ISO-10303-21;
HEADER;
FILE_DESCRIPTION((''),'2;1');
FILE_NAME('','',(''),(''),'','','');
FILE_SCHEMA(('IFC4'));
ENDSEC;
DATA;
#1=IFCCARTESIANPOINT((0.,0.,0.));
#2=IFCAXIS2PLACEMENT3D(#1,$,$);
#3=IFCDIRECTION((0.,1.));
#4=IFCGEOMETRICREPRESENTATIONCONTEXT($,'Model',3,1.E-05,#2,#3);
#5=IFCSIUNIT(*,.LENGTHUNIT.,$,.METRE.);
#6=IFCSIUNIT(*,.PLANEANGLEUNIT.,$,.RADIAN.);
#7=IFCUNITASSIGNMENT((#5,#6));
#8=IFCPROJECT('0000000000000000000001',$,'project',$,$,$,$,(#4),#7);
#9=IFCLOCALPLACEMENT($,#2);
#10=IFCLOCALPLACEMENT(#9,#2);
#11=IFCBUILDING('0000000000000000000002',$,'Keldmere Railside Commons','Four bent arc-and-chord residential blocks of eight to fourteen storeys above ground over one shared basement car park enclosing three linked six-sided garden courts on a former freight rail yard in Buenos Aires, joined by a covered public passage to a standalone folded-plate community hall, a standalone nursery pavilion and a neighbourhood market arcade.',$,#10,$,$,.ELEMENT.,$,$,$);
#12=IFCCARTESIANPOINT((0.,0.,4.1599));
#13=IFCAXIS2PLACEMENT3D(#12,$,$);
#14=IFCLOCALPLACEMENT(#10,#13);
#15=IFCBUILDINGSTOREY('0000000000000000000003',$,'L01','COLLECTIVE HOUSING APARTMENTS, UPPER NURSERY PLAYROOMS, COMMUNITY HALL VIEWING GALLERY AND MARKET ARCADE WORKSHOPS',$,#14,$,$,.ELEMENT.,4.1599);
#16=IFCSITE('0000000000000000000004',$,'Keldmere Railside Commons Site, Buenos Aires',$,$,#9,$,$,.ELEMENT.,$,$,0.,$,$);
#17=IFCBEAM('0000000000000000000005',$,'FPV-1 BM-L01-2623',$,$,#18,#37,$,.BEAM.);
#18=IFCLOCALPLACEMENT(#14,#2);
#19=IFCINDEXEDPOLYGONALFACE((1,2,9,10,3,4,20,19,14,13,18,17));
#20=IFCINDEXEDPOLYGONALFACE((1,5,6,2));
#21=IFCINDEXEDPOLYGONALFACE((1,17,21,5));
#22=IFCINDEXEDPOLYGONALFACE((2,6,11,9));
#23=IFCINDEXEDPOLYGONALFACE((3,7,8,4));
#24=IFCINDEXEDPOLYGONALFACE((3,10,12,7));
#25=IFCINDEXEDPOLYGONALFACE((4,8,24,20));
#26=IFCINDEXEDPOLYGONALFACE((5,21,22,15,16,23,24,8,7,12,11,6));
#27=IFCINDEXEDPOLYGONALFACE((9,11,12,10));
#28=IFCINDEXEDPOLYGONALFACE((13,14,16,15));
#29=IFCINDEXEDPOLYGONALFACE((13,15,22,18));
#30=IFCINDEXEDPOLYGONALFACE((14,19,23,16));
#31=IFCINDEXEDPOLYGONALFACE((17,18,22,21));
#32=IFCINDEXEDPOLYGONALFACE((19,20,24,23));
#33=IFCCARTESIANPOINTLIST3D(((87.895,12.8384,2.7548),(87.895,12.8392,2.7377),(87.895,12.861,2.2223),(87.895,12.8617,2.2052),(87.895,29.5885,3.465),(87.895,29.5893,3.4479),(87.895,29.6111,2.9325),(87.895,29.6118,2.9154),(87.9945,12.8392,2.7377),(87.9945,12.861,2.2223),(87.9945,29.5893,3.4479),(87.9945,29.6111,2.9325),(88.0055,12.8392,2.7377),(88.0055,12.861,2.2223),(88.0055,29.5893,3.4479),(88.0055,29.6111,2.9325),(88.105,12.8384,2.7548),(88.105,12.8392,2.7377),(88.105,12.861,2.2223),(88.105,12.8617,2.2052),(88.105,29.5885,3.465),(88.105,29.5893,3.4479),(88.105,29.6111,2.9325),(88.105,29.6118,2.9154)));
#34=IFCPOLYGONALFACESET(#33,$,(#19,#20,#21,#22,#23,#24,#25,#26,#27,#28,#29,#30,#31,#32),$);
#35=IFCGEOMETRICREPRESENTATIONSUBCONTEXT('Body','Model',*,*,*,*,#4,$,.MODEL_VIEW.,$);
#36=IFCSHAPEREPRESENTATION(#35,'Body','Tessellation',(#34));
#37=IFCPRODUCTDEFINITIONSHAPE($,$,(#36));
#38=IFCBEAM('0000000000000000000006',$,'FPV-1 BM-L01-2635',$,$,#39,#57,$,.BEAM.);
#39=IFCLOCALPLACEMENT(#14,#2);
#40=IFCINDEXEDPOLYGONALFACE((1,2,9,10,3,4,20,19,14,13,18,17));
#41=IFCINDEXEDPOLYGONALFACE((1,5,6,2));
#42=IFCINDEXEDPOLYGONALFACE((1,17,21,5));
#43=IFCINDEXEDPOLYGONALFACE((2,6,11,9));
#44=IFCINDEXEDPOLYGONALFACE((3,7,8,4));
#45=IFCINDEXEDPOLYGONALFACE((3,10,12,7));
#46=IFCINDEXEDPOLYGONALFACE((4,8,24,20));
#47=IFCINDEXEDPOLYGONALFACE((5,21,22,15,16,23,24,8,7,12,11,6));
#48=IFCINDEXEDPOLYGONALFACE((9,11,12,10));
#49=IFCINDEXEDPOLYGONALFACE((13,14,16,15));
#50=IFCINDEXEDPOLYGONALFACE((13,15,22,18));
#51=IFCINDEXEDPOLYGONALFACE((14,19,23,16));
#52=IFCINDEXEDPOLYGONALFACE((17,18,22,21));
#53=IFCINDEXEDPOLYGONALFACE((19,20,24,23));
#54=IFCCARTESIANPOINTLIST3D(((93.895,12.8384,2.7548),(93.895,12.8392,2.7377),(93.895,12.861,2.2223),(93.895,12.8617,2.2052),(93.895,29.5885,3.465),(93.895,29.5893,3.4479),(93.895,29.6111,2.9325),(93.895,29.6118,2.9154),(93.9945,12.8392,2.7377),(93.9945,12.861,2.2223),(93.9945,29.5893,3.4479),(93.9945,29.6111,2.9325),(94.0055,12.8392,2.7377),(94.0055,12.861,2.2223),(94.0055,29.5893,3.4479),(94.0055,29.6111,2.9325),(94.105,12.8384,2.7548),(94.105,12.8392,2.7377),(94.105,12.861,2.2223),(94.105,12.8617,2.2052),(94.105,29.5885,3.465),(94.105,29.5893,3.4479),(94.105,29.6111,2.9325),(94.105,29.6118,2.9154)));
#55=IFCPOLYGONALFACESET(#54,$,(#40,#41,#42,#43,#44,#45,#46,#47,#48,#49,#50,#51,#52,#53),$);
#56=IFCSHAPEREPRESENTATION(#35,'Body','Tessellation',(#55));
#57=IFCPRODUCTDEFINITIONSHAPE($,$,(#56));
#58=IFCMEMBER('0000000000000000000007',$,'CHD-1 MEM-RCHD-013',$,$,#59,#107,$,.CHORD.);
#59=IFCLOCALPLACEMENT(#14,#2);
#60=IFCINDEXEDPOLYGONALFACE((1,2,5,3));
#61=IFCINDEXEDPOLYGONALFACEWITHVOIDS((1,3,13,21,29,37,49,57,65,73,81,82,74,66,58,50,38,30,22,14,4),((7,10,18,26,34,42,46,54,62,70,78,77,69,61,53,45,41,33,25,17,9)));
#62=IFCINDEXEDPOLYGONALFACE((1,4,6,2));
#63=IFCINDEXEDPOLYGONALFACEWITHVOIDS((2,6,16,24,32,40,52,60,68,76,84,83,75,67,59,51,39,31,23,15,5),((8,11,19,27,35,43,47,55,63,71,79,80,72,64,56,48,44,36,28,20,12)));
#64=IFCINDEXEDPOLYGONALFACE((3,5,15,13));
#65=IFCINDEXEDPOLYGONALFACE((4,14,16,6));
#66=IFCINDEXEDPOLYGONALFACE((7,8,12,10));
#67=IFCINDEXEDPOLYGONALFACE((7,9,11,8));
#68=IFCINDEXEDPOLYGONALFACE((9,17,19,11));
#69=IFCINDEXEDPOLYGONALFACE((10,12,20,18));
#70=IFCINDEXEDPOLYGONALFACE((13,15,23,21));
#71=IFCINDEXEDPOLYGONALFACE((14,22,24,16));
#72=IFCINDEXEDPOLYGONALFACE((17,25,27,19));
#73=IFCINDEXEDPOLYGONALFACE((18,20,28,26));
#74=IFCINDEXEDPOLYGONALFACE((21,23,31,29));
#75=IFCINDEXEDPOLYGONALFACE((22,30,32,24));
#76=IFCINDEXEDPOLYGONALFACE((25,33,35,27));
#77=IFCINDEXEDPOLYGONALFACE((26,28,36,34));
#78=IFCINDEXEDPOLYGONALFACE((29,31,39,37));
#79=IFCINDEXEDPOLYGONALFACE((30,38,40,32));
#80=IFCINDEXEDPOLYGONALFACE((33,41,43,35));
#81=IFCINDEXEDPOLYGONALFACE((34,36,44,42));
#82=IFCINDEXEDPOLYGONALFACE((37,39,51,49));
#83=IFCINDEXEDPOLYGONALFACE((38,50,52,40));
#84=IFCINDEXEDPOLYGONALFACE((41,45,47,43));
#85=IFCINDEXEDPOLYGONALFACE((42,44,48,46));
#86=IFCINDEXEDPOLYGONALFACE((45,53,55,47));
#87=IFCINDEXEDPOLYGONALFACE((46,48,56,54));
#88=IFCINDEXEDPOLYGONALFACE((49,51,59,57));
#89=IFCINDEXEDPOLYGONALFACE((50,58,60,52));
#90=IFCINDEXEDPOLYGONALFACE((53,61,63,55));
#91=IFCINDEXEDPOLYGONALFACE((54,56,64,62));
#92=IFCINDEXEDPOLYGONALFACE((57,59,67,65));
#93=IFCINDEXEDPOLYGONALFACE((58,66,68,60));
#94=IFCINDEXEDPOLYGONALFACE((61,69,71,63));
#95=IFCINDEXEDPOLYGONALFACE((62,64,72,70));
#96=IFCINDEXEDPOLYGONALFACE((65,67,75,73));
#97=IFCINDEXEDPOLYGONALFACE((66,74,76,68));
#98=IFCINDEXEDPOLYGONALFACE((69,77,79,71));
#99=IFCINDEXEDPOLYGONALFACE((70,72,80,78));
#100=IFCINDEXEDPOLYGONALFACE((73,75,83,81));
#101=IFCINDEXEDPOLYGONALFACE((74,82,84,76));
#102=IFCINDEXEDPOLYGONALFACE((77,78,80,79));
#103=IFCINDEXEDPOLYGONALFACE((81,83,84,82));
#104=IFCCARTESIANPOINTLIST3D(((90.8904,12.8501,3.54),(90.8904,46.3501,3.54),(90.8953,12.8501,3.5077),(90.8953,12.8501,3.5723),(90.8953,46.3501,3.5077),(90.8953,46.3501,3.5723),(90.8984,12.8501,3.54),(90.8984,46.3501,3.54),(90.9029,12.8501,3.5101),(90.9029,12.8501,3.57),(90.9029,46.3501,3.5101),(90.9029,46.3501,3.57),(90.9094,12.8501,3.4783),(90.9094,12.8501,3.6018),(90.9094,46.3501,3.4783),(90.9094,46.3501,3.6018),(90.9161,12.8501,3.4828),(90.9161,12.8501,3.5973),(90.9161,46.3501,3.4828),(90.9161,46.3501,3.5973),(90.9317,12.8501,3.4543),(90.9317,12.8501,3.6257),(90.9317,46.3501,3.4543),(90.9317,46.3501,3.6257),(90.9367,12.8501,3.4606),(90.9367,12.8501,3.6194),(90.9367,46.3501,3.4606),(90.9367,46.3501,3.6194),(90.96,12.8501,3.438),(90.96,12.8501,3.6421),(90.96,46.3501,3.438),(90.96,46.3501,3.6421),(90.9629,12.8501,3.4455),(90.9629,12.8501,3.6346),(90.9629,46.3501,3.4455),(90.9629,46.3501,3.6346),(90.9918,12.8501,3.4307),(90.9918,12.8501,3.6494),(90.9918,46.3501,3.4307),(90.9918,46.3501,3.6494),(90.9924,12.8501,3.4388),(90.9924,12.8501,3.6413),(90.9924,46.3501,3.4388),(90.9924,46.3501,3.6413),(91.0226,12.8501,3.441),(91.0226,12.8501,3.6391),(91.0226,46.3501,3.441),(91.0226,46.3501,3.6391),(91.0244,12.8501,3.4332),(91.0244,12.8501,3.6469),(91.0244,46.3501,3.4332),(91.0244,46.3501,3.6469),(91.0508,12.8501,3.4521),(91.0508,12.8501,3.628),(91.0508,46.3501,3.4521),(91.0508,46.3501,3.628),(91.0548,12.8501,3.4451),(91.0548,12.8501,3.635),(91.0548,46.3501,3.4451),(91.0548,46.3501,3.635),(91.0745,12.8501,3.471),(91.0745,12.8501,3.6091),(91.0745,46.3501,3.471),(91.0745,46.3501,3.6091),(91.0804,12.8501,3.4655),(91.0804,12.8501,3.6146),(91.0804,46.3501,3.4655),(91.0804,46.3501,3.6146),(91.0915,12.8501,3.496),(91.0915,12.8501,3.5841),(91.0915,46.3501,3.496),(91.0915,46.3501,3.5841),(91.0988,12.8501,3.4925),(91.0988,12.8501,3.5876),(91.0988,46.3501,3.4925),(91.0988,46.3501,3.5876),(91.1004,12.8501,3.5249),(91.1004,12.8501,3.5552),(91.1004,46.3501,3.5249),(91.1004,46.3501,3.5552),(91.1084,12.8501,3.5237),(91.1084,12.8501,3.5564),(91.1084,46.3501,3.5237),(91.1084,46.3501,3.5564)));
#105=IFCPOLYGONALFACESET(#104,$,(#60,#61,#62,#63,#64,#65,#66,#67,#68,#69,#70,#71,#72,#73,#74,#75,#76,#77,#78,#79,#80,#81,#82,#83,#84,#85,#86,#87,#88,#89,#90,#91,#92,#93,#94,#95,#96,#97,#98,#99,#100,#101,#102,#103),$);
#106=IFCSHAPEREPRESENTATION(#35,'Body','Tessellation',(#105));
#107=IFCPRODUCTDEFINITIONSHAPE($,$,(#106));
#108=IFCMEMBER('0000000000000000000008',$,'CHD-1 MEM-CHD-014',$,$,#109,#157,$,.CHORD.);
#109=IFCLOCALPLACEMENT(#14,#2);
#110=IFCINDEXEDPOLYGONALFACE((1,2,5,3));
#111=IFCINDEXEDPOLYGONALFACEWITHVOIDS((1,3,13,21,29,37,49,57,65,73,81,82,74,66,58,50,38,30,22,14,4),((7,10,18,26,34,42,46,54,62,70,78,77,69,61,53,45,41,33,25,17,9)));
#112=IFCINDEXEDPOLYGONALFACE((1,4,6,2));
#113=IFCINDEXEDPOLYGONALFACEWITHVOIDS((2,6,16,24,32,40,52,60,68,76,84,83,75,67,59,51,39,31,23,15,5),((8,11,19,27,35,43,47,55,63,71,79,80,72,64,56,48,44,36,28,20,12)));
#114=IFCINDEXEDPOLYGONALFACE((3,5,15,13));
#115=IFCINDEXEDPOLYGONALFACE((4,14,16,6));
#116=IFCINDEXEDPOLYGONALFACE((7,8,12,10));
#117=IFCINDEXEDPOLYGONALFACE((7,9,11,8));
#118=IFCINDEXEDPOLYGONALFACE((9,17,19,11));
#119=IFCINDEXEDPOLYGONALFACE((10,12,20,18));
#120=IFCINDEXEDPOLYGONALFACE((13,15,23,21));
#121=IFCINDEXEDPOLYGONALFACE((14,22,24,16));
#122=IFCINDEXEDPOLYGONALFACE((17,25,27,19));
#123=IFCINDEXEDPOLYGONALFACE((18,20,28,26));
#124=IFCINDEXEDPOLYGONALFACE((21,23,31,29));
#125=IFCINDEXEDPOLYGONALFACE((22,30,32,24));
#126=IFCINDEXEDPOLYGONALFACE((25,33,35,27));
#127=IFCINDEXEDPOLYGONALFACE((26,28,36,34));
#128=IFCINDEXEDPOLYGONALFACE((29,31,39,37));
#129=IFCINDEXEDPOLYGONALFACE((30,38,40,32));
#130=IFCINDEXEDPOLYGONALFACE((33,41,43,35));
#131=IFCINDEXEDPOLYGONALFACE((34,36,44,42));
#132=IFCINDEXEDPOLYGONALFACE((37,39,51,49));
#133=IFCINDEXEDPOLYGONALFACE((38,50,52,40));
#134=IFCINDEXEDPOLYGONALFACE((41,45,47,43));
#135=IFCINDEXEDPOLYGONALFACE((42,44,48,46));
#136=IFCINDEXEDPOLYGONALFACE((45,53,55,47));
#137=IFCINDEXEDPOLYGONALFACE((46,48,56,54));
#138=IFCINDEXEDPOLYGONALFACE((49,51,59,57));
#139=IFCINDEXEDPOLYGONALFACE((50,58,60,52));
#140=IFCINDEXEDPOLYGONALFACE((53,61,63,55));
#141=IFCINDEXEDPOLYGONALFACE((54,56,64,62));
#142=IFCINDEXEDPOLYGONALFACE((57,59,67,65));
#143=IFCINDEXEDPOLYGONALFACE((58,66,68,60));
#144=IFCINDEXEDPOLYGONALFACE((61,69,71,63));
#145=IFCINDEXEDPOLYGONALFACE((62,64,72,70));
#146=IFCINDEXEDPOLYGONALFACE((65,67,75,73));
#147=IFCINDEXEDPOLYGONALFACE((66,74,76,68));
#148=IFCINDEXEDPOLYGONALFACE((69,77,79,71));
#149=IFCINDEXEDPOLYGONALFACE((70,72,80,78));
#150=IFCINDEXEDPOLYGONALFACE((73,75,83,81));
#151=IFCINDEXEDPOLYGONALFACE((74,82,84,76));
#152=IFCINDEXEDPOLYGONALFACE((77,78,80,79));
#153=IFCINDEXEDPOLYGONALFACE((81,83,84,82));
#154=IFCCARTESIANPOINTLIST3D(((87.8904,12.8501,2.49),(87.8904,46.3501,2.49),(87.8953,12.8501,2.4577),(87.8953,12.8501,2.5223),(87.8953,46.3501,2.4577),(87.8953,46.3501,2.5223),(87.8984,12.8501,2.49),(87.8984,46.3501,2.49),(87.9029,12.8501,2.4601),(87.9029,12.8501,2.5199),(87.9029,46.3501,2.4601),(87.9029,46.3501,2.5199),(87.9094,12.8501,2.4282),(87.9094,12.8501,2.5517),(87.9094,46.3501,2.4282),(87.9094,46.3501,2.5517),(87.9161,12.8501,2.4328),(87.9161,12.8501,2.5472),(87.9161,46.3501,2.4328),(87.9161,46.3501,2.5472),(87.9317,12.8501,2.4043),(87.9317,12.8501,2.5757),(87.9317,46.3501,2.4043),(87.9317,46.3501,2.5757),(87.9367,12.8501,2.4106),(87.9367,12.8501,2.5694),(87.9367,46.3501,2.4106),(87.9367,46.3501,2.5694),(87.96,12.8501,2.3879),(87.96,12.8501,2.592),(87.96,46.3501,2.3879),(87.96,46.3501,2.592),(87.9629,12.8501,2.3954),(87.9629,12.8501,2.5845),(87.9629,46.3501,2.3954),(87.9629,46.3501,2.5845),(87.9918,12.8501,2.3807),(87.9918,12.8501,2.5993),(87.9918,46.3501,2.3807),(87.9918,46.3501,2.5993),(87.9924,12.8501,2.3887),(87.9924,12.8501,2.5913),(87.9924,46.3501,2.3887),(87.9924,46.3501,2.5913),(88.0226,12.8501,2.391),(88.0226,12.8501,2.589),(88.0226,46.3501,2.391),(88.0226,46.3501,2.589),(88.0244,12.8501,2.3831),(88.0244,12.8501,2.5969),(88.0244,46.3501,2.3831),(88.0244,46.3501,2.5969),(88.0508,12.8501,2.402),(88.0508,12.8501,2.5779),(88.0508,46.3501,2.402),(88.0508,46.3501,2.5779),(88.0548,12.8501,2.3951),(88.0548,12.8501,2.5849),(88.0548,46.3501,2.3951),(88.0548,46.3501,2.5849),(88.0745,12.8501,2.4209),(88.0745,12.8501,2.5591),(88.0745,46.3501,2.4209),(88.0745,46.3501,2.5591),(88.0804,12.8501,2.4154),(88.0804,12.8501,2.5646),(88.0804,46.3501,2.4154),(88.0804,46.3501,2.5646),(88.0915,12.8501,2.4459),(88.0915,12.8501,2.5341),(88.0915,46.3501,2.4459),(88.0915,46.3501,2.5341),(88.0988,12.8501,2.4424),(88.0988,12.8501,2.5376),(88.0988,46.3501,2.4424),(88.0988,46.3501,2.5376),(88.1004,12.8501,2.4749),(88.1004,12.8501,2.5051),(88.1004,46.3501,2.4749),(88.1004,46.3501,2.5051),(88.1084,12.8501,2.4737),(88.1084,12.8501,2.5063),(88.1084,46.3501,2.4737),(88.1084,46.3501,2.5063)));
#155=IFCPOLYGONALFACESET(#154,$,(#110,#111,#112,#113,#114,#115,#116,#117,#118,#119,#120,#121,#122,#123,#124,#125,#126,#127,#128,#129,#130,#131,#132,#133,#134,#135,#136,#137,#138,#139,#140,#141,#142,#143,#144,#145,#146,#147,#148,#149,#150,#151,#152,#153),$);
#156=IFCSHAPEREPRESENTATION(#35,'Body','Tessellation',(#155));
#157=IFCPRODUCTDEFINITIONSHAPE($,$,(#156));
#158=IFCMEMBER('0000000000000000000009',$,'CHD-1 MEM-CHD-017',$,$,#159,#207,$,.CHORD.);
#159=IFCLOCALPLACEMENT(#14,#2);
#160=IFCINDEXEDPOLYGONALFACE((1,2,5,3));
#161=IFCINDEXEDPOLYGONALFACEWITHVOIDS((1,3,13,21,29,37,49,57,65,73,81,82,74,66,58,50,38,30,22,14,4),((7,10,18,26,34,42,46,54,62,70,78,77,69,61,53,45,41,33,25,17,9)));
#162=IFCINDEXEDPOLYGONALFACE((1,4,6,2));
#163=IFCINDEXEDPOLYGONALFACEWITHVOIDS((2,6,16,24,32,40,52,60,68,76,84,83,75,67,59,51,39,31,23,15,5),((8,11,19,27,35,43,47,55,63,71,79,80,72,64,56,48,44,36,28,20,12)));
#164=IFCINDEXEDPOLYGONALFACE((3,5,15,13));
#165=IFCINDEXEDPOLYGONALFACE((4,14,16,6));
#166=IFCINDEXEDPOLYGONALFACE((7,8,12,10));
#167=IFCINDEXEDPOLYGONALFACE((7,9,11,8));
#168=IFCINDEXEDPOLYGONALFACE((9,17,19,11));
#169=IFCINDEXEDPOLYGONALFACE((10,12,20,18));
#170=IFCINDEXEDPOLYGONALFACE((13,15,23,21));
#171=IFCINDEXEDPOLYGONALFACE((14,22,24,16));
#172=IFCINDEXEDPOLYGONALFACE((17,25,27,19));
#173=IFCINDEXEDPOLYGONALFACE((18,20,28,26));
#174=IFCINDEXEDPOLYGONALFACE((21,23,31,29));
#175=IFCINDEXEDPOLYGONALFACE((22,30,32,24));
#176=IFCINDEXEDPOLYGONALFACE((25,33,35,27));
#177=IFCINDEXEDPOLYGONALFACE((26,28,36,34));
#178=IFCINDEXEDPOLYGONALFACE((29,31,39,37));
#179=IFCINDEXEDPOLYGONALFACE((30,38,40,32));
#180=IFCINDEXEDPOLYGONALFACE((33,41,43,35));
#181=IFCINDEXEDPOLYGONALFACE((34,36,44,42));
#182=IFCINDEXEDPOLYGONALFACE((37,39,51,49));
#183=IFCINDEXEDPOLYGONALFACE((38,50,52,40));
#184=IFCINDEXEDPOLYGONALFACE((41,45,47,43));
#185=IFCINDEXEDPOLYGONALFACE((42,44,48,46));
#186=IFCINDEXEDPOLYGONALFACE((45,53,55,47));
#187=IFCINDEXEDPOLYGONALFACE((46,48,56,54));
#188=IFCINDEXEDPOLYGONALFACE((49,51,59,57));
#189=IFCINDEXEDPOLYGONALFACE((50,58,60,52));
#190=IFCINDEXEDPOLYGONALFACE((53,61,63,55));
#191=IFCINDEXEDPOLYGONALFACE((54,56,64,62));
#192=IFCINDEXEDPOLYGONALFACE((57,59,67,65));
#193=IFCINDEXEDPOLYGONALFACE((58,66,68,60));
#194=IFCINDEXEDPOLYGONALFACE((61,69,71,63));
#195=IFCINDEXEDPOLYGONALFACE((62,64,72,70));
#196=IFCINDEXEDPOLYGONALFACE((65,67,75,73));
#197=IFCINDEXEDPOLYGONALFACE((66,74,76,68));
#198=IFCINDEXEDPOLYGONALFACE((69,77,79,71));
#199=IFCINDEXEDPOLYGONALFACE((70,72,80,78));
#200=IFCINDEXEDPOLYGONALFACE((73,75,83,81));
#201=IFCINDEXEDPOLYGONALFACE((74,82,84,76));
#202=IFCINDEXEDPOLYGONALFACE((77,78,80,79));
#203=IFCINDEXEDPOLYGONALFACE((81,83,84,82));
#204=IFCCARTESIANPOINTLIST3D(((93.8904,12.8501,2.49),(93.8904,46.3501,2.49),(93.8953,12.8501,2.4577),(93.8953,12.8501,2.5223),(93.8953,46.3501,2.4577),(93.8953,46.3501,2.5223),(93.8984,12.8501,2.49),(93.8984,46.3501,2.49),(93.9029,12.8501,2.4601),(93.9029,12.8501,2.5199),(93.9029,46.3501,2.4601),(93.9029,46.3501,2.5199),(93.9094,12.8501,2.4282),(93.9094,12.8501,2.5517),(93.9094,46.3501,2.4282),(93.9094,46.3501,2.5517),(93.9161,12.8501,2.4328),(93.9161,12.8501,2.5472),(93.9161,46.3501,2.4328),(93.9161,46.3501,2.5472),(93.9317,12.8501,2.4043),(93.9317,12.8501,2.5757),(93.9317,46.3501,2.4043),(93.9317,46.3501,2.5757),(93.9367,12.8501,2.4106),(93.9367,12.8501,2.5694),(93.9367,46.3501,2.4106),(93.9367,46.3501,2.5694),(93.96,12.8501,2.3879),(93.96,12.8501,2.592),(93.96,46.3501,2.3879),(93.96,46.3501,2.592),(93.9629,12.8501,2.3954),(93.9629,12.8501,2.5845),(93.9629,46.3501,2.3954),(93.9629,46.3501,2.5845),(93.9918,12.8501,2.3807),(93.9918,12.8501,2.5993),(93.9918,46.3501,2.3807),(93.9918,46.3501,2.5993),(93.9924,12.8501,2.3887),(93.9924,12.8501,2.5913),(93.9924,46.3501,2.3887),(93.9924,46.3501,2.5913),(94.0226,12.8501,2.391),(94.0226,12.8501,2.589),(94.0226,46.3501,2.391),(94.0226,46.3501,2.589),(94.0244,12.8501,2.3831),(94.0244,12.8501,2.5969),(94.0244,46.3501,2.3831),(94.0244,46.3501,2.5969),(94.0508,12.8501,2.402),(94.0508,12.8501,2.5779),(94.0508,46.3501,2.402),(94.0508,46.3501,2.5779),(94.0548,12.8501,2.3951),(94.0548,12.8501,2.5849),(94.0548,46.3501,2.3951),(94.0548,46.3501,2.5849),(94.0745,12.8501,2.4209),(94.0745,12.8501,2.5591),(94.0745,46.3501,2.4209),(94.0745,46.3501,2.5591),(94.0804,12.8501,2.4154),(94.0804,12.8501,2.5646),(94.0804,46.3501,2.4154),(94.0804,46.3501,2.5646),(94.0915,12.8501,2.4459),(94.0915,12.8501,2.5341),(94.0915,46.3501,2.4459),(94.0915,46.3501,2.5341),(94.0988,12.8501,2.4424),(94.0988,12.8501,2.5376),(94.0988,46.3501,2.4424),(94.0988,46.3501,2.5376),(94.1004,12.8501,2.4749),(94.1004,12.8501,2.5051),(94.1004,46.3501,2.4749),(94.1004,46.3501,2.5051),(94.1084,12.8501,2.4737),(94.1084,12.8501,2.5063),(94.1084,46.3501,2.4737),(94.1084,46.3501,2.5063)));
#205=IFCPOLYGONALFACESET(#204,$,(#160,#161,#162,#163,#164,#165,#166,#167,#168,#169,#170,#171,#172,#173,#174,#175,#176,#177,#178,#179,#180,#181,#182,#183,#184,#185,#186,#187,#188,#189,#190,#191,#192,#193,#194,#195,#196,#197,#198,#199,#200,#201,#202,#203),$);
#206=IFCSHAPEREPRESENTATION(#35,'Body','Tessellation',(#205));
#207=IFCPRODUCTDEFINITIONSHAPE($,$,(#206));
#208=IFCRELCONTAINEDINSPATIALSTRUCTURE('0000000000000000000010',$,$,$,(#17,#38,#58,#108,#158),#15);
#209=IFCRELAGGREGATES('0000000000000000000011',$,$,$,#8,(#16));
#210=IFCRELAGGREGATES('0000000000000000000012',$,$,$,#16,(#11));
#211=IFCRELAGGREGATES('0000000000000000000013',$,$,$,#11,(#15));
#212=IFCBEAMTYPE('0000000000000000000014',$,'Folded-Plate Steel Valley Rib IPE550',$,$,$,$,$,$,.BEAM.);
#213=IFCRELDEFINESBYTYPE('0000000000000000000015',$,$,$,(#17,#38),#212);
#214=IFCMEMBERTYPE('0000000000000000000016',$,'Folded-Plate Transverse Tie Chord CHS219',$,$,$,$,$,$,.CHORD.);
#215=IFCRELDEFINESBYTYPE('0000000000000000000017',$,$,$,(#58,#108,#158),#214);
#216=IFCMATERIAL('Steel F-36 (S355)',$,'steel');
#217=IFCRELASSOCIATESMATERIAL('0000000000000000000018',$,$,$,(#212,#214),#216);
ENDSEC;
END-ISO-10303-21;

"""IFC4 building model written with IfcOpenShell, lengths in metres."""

from ifc_helpers import new_model, si_unit, direction, frame, origin, origin_2d, place, context, subcontext, project, spatial, hollow_circle, i_section, extrude, material, material_profile, profile_set, type_object, element, save


model = new_model("IFC4")

# Units and contexts
model_context = context("Model", 3, precision=1e-05, world=origin(), true_north=direction((0.0, 1.0)))
body_context = subcontext(model_context, "Body", "Model", "MODEL_VIEW")
ifc_project = project(units=[si_unit("LENGTHUNIT", "METRE"), si_unit("PLANEANGLEUNIT", "RADIAN")], contexts=[model_context])

# Site, building, storey
site_placement = place(None, origin())
site = spatial("IfcSite", under=ifc_project, at=site_placement, Name="Keldmere Railside Commons Site, Buenos Aires", CompositionType="ELEMENT", RefElevation=0.0)
building_placement = place(site_placement, origin())
building = spatial("IfcBuilding", under=site, at=building_placement, Name="Keldmere Railside Commons", Description="Four bent arc-and-chord residential blocks of eight to fourteen storeys above ground over one shared basement car park enclosing three linked six-sided garden courts on a former freight rail yard in Buenos Aires, joined by a covered public passage to a standalone folded-plate community hall, a standalone nursery pavilion and a neighbourhood market arcade.", CompositionType="ELEMENT")
storey_placement = place(building_placement, frame((0.0, 0.0, 4.1599)))
storey = spatial("IfcBuildingStorey", under=building, at=storey_placement, Name="L01", Description="COLLECTIVE HOUSING APARTMENTS, UPPER NURSERY PLAYROOMS, COMMUNITY HALL VIEWING GALLERY AND MARKET ARCADE WORKSHOPS", CompositionType="ELEMENT", Elevation=4.1599)

# Beams
ifc_material_1 = material(Name="Steel F-36 (S355)", Category="steel")
ifc_material_profile_1 = material_profile(ifc_material_1, i_section(OverallWidth=0.21, OverallDepth=0.55, WebThickness=0.011, FlangeThickness=0.0171, at=origin_2d()), Name="IPE-550")
ifc_profile_set_1 = profile_set([ifc_material_profile_1], Name="Steel F-36 (S355)")
beam_type_1 = type_object("IfcBeamType", Name="Folded-Plate Steel Valley Rib IPE550", PredefinedType="BEAM", material=ifc_profile_set_1)
for number, where, z_axis, x_axis, name in (
    (1, (88.0, 12.8501, 2.48), (0.0, 0.999102, 0.042362), (-1.0, 0.0, 0.0), "FPV-1 BM-L01-2623"),
    (2, (94.0, 12.8501, 2.48), (0.0, 0.999102, 0.042362), (-1.0, 0.0, 0.0), "FPV-1 BM-L01-2635"),
):
    element("IfcBeam", number, at=place(storey_placement, frame(where, z_axis=z_axis, x_axis=x_axis)), inside=storey, type_object=beam_type_1, Name=name, PredefinedType="BEAM", context=body_context, shape_type="SweptSolid", body=[
        extrude(i_section(OverallWidth=0.21, OverallDepth=0.55, WebThickness=0.011, FlangeThickness=0.0171, at=origin_2d()), origin(), (0.0, 0.0, 1.0), 16.7651),
    ])

# Members
ifc_material_profile_2 = material_profile(ifc_material_1, hollow_circle(Radius=0.1096, WallThickness=0.0081, at=origin_2d()), Name="CHS-219x8")
ifc_profile_set_2 = profile_set([ifc_material_profile_2], Name="Steel F-36 (S355)")
member_type_1 = type_object("IfcMemberType", Name="Folded-Plate Transverse Tie Chord CHS219", PredefinedType="CHORD", material=ifc_profile_set_2)
for number, where, z_axis, x_axis, name in (
    (3, (91.0, 12.8501, 3.54), (0.0, 1.0, 0.0), (-1.0, 0.0, 0.0), "CHD-1 MEM-RCHD-013"),
    (4, (88.0, 12.8501, 2.49), (0.0, 1.0, 0.0), (-1.0, 0.0, 0.0), "CHD-1 MEM-CHD-014"),
    (5, (94.0, 12.8501, 2.49), (0.0, 1.0, 0.0), (-1.0, 0.0, 0.0), "CHD-1 MEM-CHD-017"),
):
    element("IfcMember", number, at=place(storey_placement, frame(where, z_axis=z_axis, x_axis=x_axis)), inside=storey, type_object=member_type_1, Name=name, PredefinedType="CHORD", context=body_context, shape_type="SweptSolid", body=[
        extrude(hollow_circle(Radius=0.1096, WallThickness=0.0081, at=origin_2d()), origin(), (0.0, 0.0, 1.0), 33.5),
    ])

save(model, "model.ifc")
